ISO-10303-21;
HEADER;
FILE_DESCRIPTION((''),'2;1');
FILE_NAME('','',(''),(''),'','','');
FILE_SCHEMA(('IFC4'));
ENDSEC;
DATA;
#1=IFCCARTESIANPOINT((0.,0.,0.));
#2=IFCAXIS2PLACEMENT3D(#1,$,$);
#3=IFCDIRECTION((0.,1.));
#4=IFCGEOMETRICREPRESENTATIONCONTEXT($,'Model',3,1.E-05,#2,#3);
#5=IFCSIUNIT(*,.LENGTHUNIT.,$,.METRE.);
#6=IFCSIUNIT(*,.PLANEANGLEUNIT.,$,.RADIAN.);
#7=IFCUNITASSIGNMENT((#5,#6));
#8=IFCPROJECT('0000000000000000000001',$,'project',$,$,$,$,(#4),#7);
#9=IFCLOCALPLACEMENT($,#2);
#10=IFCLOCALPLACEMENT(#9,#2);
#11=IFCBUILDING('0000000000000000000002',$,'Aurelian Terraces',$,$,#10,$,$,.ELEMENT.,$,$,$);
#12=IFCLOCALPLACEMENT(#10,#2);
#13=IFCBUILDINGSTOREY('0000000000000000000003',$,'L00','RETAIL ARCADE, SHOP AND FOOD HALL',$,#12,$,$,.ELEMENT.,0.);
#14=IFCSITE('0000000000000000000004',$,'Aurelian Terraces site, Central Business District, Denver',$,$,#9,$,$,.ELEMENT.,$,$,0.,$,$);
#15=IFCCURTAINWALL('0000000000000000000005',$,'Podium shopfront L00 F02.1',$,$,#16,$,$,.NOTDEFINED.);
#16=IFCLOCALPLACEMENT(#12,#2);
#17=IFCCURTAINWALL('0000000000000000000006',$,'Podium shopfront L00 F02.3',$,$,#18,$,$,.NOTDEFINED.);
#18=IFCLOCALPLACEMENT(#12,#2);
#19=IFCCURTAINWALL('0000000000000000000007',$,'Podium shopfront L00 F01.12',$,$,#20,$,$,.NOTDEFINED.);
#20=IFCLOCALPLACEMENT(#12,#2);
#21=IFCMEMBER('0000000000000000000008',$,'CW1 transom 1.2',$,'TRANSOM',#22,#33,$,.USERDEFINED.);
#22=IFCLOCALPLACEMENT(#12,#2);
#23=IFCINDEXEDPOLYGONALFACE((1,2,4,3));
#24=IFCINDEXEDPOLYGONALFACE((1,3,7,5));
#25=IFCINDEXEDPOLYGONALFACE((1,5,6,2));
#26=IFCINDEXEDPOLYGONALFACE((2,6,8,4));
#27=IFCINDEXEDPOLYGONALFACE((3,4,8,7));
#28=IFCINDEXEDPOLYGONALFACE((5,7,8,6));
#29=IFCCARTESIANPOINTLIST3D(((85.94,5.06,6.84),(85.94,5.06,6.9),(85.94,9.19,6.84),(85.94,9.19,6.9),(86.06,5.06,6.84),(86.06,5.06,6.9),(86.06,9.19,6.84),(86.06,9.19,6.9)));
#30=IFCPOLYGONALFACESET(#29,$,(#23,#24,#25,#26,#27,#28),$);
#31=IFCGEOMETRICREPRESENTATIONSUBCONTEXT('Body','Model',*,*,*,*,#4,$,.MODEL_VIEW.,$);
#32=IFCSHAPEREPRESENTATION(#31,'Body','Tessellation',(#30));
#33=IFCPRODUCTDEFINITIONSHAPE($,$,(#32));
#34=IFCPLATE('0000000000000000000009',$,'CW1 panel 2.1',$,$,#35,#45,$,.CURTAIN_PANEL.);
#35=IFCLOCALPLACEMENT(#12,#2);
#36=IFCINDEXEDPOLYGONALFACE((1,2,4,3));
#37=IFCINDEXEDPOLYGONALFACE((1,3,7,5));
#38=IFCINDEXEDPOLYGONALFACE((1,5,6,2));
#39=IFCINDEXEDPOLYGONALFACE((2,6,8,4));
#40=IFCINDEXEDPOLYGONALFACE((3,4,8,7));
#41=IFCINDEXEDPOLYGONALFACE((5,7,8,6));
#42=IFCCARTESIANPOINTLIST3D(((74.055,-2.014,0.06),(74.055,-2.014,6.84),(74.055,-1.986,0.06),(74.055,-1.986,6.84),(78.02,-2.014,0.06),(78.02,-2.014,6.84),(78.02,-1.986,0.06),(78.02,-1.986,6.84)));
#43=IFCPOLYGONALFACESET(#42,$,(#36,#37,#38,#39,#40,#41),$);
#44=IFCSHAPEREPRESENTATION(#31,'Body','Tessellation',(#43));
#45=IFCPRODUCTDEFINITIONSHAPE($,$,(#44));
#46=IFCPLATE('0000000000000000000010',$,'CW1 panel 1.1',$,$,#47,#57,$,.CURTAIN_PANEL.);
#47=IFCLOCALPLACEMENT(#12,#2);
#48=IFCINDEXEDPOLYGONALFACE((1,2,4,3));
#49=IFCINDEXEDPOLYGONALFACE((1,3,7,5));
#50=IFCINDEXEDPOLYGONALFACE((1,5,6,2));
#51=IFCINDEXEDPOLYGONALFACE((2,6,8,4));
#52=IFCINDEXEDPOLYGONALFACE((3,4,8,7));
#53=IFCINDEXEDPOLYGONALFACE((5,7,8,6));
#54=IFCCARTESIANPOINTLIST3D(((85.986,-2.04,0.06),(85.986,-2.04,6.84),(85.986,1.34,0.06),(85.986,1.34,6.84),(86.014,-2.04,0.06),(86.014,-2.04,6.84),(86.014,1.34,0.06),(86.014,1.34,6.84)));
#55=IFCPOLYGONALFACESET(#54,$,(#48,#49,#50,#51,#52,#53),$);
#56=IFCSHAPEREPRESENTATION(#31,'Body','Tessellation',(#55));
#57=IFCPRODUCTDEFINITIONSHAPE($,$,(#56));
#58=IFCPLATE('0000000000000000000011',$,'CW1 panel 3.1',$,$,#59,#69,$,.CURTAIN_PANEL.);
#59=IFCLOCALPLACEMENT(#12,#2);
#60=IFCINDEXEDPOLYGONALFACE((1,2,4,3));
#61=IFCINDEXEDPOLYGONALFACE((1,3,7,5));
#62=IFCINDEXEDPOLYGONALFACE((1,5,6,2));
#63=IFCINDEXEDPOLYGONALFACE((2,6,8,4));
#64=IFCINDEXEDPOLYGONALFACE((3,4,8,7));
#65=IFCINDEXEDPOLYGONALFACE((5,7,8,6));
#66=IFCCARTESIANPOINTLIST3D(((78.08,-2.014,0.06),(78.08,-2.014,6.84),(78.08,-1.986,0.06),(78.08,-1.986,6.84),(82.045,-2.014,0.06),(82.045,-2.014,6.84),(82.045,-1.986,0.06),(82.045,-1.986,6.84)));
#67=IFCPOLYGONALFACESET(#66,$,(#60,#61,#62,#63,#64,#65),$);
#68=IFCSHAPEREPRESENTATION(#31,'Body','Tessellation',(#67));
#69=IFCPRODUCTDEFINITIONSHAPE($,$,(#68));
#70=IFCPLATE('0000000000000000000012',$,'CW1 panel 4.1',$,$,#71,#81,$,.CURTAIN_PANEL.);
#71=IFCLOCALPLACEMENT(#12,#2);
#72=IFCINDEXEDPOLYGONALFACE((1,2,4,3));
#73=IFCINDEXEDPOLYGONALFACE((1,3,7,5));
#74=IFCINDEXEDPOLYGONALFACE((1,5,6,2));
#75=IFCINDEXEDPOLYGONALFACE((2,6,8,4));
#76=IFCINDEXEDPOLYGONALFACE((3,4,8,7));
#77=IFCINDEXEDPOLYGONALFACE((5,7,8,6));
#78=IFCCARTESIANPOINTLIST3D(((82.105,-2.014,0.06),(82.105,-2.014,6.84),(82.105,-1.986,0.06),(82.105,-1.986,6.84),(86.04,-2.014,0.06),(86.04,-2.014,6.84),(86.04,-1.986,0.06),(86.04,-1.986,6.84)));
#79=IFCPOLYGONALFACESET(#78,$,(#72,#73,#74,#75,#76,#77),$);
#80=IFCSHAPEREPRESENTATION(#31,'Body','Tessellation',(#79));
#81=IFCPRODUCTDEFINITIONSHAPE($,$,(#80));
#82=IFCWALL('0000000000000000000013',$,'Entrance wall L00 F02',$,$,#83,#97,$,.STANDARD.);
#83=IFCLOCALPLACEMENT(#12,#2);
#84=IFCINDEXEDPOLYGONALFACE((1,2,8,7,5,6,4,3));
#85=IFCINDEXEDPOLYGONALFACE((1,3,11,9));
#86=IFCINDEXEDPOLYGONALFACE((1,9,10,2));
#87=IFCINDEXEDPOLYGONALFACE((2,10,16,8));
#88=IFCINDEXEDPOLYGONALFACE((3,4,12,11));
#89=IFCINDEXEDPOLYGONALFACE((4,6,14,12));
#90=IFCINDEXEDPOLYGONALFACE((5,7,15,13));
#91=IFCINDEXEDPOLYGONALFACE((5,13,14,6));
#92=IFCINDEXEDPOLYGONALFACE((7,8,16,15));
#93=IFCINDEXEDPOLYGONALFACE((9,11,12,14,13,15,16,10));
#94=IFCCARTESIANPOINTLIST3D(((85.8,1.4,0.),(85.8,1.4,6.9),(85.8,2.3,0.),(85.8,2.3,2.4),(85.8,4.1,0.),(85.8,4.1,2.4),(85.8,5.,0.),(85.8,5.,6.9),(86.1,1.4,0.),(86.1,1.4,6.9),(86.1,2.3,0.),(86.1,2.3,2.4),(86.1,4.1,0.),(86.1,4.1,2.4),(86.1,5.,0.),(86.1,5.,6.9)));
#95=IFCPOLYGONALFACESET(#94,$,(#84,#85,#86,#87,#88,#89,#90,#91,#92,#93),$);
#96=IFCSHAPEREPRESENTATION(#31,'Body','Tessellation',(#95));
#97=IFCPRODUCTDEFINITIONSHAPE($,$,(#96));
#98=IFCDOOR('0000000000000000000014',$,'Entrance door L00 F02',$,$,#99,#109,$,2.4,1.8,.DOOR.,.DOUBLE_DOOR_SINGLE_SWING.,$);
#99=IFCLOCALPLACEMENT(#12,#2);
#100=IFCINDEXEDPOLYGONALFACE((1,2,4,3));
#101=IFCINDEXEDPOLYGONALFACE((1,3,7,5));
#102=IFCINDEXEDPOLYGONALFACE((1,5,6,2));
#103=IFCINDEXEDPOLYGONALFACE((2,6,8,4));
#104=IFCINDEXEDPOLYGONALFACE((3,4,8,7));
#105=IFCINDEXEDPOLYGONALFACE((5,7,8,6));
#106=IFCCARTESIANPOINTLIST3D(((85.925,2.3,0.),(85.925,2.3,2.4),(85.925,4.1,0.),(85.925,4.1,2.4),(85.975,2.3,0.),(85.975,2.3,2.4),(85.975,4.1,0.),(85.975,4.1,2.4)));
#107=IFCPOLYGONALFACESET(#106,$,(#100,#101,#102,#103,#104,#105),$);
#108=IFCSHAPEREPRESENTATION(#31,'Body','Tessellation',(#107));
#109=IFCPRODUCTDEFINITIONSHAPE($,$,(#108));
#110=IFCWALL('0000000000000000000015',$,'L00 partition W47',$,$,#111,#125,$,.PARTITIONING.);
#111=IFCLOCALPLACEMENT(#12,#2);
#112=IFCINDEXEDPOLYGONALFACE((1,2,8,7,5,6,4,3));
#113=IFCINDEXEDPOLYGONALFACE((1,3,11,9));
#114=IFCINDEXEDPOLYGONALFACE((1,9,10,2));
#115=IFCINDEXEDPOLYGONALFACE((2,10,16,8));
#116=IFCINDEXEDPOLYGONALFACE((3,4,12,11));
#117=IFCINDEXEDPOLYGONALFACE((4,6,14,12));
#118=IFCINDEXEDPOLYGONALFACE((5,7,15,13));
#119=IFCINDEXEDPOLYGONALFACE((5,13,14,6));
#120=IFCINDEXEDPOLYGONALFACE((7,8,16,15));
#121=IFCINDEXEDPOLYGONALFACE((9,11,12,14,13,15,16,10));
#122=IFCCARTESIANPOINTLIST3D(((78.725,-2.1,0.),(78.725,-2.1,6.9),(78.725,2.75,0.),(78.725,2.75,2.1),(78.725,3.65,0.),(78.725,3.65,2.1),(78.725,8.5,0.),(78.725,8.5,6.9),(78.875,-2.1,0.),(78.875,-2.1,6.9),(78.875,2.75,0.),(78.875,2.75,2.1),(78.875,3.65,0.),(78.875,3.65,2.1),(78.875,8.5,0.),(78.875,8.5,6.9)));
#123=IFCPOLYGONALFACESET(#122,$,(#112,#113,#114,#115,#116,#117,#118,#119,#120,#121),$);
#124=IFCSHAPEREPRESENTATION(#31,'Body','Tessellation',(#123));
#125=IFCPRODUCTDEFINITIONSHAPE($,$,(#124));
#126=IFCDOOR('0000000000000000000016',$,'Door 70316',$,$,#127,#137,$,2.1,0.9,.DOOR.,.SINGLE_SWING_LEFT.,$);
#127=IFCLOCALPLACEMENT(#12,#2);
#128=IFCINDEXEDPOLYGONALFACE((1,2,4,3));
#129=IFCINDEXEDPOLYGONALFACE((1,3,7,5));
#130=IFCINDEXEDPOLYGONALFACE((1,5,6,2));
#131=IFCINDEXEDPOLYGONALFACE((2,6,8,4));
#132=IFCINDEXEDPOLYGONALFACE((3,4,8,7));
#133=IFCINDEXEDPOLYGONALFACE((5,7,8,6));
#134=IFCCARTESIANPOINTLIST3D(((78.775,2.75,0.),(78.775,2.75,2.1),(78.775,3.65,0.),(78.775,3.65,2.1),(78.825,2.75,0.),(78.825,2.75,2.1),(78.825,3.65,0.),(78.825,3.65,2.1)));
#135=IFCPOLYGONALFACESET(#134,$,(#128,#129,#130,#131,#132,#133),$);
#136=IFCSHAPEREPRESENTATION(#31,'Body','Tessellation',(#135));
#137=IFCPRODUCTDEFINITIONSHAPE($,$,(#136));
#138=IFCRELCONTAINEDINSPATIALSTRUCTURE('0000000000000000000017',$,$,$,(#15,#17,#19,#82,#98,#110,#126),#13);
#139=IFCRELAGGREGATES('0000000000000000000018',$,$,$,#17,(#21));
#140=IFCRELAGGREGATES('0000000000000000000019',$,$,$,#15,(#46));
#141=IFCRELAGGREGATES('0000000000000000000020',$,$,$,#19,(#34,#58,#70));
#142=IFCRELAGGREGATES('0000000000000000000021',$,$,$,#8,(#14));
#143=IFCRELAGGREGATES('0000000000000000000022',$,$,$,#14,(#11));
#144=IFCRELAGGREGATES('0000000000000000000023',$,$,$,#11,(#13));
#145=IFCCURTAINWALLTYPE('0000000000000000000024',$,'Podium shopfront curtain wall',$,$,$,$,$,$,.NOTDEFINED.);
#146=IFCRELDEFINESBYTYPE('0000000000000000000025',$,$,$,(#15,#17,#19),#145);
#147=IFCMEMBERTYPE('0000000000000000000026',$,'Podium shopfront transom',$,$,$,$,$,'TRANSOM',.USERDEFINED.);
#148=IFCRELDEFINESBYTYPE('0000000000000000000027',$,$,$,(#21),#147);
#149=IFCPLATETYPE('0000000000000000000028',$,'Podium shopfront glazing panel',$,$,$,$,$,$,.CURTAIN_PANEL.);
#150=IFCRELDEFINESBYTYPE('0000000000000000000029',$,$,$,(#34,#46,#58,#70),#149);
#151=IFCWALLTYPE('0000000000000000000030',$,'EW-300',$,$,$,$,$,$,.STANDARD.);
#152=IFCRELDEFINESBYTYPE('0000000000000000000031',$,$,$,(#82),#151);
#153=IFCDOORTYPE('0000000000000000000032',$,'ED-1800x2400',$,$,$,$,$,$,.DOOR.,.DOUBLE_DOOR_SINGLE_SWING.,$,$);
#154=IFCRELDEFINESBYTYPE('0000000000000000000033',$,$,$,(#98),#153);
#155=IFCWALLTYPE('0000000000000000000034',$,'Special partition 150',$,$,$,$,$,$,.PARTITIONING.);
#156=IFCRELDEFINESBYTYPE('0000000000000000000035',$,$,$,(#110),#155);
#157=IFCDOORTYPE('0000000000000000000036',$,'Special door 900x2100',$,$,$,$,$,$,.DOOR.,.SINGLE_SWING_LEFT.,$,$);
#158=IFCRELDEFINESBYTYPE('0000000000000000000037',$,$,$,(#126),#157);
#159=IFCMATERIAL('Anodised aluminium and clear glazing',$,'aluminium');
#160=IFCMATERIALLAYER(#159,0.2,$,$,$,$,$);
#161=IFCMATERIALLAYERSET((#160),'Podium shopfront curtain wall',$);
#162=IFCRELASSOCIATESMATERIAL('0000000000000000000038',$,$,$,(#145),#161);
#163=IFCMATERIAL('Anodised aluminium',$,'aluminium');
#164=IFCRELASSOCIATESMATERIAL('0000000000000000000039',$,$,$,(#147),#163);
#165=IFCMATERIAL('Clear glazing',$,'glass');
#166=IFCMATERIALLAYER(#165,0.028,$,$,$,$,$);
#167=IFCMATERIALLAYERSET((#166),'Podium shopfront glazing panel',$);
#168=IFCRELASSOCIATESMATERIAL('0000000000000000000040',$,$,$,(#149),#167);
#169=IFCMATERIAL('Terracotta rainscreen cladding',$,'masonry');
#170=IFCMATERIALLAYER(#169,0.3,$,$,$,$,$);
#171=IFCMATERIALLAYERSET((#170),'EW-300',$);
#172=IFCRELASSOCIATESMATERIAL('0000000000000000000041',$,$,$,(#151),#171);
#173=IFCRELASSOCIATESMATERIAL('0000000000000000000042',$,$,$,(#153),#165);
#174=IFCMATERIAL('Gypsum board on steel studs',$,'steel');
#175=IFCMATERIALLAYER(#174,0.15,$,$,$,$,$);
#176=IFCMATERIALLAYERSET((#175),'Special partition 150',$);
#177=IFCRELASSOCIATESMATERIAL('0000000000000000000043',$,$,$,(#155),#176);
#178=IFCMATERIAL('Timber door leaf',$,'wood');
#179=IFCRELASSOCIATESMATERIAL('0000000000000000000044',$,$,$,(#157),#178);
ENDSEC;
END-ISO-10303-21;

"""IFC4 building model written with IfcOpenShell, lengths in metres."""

from ifc_helpers import new_model, si_unit, direction, frame, frame_2d, origin, origin_2d, place, context, subcontext, project, spatial, rectangle, extrude, source, transform, mapped, material, layer, layer_set, material_profile, profile_set, type_object, element, fill, aggregate, save


model = new_model("IFC4")

# Units and contexts
model_context = context("Model", 3, precision=1e-05, world=origin(), true_north=direction((0.0, 1.0)))
body_context = subcontext(model_context, "Body", "Model", "MODEL_VIEW")
ifc_project = project(units=[si_unit("LENGTHUNIT", "METRE"), si_unit("PLANEANGLEUNIT", "RADIAN")], contexts=[model_context])

# Site, building, storey
site_placement = place(None, origin())
site = spatial("IfcSite", under=ifc_project, at=site_placement, Name="Aurelian Terraces site, Central Business District, Denver", CompositionType="ELEMENT", RefElevation=0.0)
building_placement = place(site_placement, origin())
building = spatial("IfcBuilding", under=site, at=building_placement, Name="Aurelian Terraces", CompositionType="ELEMENT")
storey_placement = place(building_placement, origin())
storey = spatial("IfcBuildingStorey", under=building, at=storey_placement, Name="L00", Description="RETAIL ARCADE, SHOP AND FOOD HALL", CompositionType="ELEMENT", Elevation=0.0)

# Curtain walls
ifc_material_1 = material(Name="Anodised aluminium and clear glazing", Category="aluminium")
ifc_layer_1 = layer(ifc_material_1, 0.2)
ifc_layer_set_1 = layer_set([ifc_layer_1], Name="Podium shopfront curtain wall")
curtain_wall_type = type_object("IfcCurtainWallType", Name="Podium shopfront curtain wall", PredefinedType="NOTDEFINED", material=ifc_layer_set_1)
curtain_wall_1_placement = place(storey_placement, origin())
curtain_wall_1 = element("IfcCurtainWall", 1, at=curtain_wall_1_placement, inside=storey, type_object=curtain_wall_type, Name="Podium shopfront L00 F02.1", PredefinedType="NOTDEFINED")
ifc_material_2 = material(Name="Anodised aluminium", Category="aluminium")
ifc_material_profile_1 = material_profile(ifc_material_2, rectangle(XDim=0.12, YDim=0.06, at=origin_2d()))
ifc_profile_set_1 = profile_set([ifc_material_profile_1], Name="Anodised aluminium")
member_type_1 = type_object("IfcMemberType", Name="Podium shopfront transom", ElementType="TRANSOM", PredefinedType="USERDEFINED", material=ifc_profile_set_1)
curtain_wall_2_placement = place(storey_placement, origin())
curtain_wall_2 = element("IfcCurtainWall", 2, at=curtain_wall_2_placement, inside=storey, type_object=curtain_wall_type, Name="Podium shopfront L00 F02.3", PredefinedType="NOTDEFINED")

# Curtain wall
curtain_wall_3_placement = place(storey_placement, origin())
curtain_wall_3 = element("IfcCurtainWall", 3, at=curtain_wall_3_placement, inside=storey, type_object=curtain_wall_type, Name="Podium shopfront L00 F01.12", PredefinedType="NOTDEFINED")

# Member
shared_shape_1 = source(origin(), body_context, "Body", "SweptSolid", [
    extrude(rectangle(XDim=0.12, YDim=0.06, at=origin_2d()), origin(), (0.0, 0.0, 1.0), 4.13),
])
member_1_placement = place(storey_placement, frame((86.0, 5.06, 6.87), z_axis=(0.0, 1.0, 0.0), x_axis=(-1.0, 0.0, 0.0)))
member_1 = element("IfcMember", 4, at=member_1_placement, type_object=member_type_1, Name="CW1 transom 1.2", ObjectType="TRANSOM", PredefinedType="USERDEFINED", context=body_context, shape_type="MappedRepresentation", body=[
    mapped(shared_shape_1, transform((0.0, 0.0, 0.0), scale=1.0)),
])
aggregate(curtain_wall_2, [member_1])

# Plates
ifc_material_3 = material(Name="Clear glazing", Category="glass")
ifc_layer_2 = layer(ifc_material_3, 0.028)
ifc_layer_set_2 = layer_set([ifc_layer_2], Name="Podium shopfront glazing panel")
plate_type = type_object("IfcPlateType", Name="Podium shopfront glazing panel", PredefinedType="CURTAIN_PANEL", material=ifc_layer_set_2)
plate_1_placement = place(storey_placement, frame((76.0375, -2.0, 0.06), z_axis=(0.0, 0.0, 1.0), x_axis=(1.0, 0.0, 0.0)))
plate_1 = element("IfcPlate", 5, at=plate_1_placement, type_object=plate_type, Name="CW1 panel 2.1", PredefinedType="CURTAIN_PANEL", context=body_context, shape_type="SweptSolid", body=[
    extrude(rectangle(XDim=3.965, YDim=0.028, at=origin_2d()), origin(), (0.0, 0.0, 1.0), 6.78),
])
plate_2_placement = place(storey_placement, frame((86.0, -0.35, 0.06), z_axis=(0.0, 0.0, 1.0), x_axis=(0.0, 1.0, 0.0)))
plate_2 = element("IfcPlate", 6, at=plate_2_placement, type_object=plate_type, Name="CW1 panel 1.1", PredefinedType="CURTAIN_PANEL", context=body_context, shape_type="SweptSolid", body=[
    extrude(rectangle(XDim=3.38, YDim=0.028, at=origin_2d()), origin(), (0.0, 0.0, 1.0), 6.78),
])
aggregate(curtain_wall_1, [plate_2])
shared_shape_2 = source(origin(), body_context, "Body", "SweptSolid", [
    extrude(rectangle(XDim=3.965, YDim=0.028, at=origin_2d()), origin(), (0.0, 0.0, 1.0), 6.78),
])
plate_3_placement = place(storey_placement, frame((80.0625, -2.0, 0.06), z_axis=(0.0, 0.0, 1.0), x_axis=(1.0, 0.0, 0.0)))
plate_3 = element("IfcPlate", 7, at=plate_3_placement, type_object=plate_type, Name="CW1 panel 3.1", PredefinedType="CURTAIN_PANEL", context=body_context, shape_type="MappedRepresentation", body=[
    mapped(shared_shape_2, transform((0.0, 0.0, 0.0), scale=1.0)),
])
shared_shape_3 = source(origin(), body_context, "Body", "SweptSolid", [
    extrude(rectangle(XDim=3.935, YDim=0.028, at=origin_2d()), origin(), (0.0, 0.0, 1.0), 6.78),
])
plate_4_placement = place(storey_placement, frame((84.0725, -2.0, 0.06), z_axis=(0.0, 0.0, 1.0), x_axis=(1.0, 0.0, 0.0)))
plate_4 = element("IfcPlate", 8, at=plate_4_placement, type_object=plate_type, Name="CW1 panel 4.1", PredefinedType="CURTAIN_PANEL", context=body_context, shape_type="MappedRepresentation", body=[
    mapped(shared_shape_3, transform((0.0, 0.0, 0.0), scale=1.0)),
])
aggregate(curtain_wall_3, [plate_1, plate_3, plate_4])

# Walls, openings, doors
ifc_material_4 = material(Name="Terracotta rainscreen cladding", Category="masonry")
ifc_layer_3 = layer(ifc_material_4, 0.3)
ifc_layer_set_3 = layer_set([ifc_layer_3], Name="EW-300")
wall_type_1 = type_object("IfcWallType", Name="EW-300", PredefinedType="STANDARD", material=ifc_layer_set_3)
shared_shape_4 = source(origin(), body_context, "Body", "SweptSolid", [
    extrude(rectangle(XDim=3.6, YDim=0.3, at=frame_2d((1.8, 0.0))), origin(), (0.0, 0.0, 1.0), 6.9),
])
wall_1_placement = place(storey_placement, frame((85.95, 1.4, 0.0), z_axis=(0.0, 0.0, 1.0), x_axis=(0.0, 1.0, 0.0)))
wall_1 = element("IfcWall", 9, at=wall_1_placement, inside=storey, type_object=wall_type_1, Name="Entrance wall L00 F02", PredefinedType="STANDARD", context=body_context, shape_type="MappedRepresentation", body=[
    mapped(shared_shape_4, transform((0.0, 0.0, 0.0), scale=1.0)),
])
shared_shape_5 = source(origin(), body_context, "Body", "SweptSolid", [
    extrude(rectangle(XDim=1.8, YDim=2.4, at=frame_2d((0.9, 1.2))), frame((0.0, 0.16, 0.0), z_axis=(0.0, -1.0, 0.0), x_axis=(1.0, 0.0, 0.0)), (0.0, 0.0, 1.0), 0.32),
])
opening_1_placement = place(wall_1_placement, frame((0.9, 0.0, 0.0)))
opening_1 = element("IfcOpeningElement", 10, at=opening_1_placement, cuts=wall_1, PredefinedType="OPENING", context=body_context, shape_type="MappedRepresentation", body=[
    mapped(shared_shape_5, transform((0.0, 0.0, 0.0), scale=1.0)),
])
door_type_1 = type_object("IfcDoorType", Name="ED-1800x2400", OperationType="DOUBLE_DOOR_SINGLE_SWING", PredefinedType="DOOR", material=ifc_material_3)
shared_shape_6 = source(origin(), body_context, "Body", "SweptSolid", [
    extrude(rectangle(XDim=1.8, YDim=2.4, at=frame_2d((0.9, 1.2))), frame((0.0, 0.025, 0.0), z_axis=(0.0, -1.0, 0.0), x_axis=(1.0, 0.0, 0.0)), (0.0, 0.0, 1.0), 0.05),
])
door_1_placement = place(opening_1_placement, origin())
door_1 = element("IfcDoor", 11, at=door_1_placement, inside=storey, type_object=door_type_1, Name="Entrance door L00 F02", OperationType="DOUBLE_DOOR_SINGLE_SWING", OverallHeight=2.4, OverallWidth=1.8, PredefinedType="DOOR", context=body_context, shape_type="MappedRepresentation", body=[
    mapped(shared_shape_6, transform((0.0, 0.0, 0.0), scale=1.0)),
])
fill(opening_1, door_1)
ifc_material_5 = material(Name="Gypsum board on steel studs", Category="steel")
ifc_layer_4 = layer(ifc_material_5, 0.15)
ifc_layer_set_4 = layer_set([ifc_layer_4], Name="Special partition 150")
wall_type_2 = type_object("IfcWallType", Name="Special partition 150", PredefinedType="PARTITIONING", material=ifc_layer_set_4)
shared_shape_7 = source(origin(), body_context, "Body", "SweptSolid", [
    extrude(rectangle(XDim=10.6, YDim=0.15, at=frame_2d((5.3, 0.0))), origin(), (0.0, 0.0, 1.0), 6.9),
])
wall_2_placement = place(storey_placement, frame((78.8, -2.1, 0.0), z_axis=(0.0, 0.0, 1.0), x_axis=(0.0, 1.0, 0.0)))
wall_2 = element("IfcWall", 12, at=wall_2_placement, inside=storey, type_object=wall_type_2, Name="L00 partition W47", PredefinedType="PARTITIONING", context=body_context, shape_type="MappedRepresentation", body=[
    mapped(shared_shape_7, transform((0.0, 0.0, 0.0), scale=1.0)),
])
shared_shape_8 = source(origin(), body_context, "Body", "SweptSolid", [
    extrude(rectangle(XDim=0.9, YDim=2.1, at=frame_2d((0.45, 1.05))), frame((0.0, 0.085, 0.0), z_axis=(0.0, -1.0, 0.0), x_axis=(1.0, 0.0, 0.0)), (0.0, 0.0, 1.0), 0.17),
])
opening_2_placement = place(wall_2_placement, frame((4.85, 0.0, 0.0)))
opening_2 = element("IfcOpeningElement", 13, at=opening_2_placement, cuts=wall_2, PredefinedType="OPENING", context=body_context, shape_type="MappedRepresentation", body=[
    mapped(shared_shape_8, transform((0.0, 0.0, 0.0), scale=1.0)),
])
ifc_material_6 = material(Name="Timber door leaf", Category="wood")
door_type_2 = type_object("IfcDoorType", Name="Special door 900x2100", OperationType="SINGLE_SWING_LEFT", PredefinedType="DOOR", material=ifc_material_6)
shared_shape_9 = source(origin(), body_context, "Body", "SweptSolid", [
    extrude(rectangle(XDim=0.9, YDim=2.1, at=frame_2d((0.45, 1.05))), frame((0.0, 0.025, 0.0), z_axis=(0.0, -1.0, 0.0), x_axis=(1.0, 0.0, 0.0)), (0.0, 0.0, 1.0), 0.05),
])
door_2_placement = place(opening_2_placement, origin())
door_2 = element("IfcDoor", 14, at=door_2_placement, inside=storey, type_object=door_type_2, Name="Door 70316", OperationType="SINGLE_SWING_LEFT", OverallHeight=2.1, OverallWidth=0.9, PredefinedType="DOOR", context=body_context, shape_type="MappedRepresentation", body=[
    mapped(shared_shape_9, transform((0.0, 0.0, 0.0), scale=1.0)),
])
fill(opening_2, door_2)

save(model, "model.ifc")
